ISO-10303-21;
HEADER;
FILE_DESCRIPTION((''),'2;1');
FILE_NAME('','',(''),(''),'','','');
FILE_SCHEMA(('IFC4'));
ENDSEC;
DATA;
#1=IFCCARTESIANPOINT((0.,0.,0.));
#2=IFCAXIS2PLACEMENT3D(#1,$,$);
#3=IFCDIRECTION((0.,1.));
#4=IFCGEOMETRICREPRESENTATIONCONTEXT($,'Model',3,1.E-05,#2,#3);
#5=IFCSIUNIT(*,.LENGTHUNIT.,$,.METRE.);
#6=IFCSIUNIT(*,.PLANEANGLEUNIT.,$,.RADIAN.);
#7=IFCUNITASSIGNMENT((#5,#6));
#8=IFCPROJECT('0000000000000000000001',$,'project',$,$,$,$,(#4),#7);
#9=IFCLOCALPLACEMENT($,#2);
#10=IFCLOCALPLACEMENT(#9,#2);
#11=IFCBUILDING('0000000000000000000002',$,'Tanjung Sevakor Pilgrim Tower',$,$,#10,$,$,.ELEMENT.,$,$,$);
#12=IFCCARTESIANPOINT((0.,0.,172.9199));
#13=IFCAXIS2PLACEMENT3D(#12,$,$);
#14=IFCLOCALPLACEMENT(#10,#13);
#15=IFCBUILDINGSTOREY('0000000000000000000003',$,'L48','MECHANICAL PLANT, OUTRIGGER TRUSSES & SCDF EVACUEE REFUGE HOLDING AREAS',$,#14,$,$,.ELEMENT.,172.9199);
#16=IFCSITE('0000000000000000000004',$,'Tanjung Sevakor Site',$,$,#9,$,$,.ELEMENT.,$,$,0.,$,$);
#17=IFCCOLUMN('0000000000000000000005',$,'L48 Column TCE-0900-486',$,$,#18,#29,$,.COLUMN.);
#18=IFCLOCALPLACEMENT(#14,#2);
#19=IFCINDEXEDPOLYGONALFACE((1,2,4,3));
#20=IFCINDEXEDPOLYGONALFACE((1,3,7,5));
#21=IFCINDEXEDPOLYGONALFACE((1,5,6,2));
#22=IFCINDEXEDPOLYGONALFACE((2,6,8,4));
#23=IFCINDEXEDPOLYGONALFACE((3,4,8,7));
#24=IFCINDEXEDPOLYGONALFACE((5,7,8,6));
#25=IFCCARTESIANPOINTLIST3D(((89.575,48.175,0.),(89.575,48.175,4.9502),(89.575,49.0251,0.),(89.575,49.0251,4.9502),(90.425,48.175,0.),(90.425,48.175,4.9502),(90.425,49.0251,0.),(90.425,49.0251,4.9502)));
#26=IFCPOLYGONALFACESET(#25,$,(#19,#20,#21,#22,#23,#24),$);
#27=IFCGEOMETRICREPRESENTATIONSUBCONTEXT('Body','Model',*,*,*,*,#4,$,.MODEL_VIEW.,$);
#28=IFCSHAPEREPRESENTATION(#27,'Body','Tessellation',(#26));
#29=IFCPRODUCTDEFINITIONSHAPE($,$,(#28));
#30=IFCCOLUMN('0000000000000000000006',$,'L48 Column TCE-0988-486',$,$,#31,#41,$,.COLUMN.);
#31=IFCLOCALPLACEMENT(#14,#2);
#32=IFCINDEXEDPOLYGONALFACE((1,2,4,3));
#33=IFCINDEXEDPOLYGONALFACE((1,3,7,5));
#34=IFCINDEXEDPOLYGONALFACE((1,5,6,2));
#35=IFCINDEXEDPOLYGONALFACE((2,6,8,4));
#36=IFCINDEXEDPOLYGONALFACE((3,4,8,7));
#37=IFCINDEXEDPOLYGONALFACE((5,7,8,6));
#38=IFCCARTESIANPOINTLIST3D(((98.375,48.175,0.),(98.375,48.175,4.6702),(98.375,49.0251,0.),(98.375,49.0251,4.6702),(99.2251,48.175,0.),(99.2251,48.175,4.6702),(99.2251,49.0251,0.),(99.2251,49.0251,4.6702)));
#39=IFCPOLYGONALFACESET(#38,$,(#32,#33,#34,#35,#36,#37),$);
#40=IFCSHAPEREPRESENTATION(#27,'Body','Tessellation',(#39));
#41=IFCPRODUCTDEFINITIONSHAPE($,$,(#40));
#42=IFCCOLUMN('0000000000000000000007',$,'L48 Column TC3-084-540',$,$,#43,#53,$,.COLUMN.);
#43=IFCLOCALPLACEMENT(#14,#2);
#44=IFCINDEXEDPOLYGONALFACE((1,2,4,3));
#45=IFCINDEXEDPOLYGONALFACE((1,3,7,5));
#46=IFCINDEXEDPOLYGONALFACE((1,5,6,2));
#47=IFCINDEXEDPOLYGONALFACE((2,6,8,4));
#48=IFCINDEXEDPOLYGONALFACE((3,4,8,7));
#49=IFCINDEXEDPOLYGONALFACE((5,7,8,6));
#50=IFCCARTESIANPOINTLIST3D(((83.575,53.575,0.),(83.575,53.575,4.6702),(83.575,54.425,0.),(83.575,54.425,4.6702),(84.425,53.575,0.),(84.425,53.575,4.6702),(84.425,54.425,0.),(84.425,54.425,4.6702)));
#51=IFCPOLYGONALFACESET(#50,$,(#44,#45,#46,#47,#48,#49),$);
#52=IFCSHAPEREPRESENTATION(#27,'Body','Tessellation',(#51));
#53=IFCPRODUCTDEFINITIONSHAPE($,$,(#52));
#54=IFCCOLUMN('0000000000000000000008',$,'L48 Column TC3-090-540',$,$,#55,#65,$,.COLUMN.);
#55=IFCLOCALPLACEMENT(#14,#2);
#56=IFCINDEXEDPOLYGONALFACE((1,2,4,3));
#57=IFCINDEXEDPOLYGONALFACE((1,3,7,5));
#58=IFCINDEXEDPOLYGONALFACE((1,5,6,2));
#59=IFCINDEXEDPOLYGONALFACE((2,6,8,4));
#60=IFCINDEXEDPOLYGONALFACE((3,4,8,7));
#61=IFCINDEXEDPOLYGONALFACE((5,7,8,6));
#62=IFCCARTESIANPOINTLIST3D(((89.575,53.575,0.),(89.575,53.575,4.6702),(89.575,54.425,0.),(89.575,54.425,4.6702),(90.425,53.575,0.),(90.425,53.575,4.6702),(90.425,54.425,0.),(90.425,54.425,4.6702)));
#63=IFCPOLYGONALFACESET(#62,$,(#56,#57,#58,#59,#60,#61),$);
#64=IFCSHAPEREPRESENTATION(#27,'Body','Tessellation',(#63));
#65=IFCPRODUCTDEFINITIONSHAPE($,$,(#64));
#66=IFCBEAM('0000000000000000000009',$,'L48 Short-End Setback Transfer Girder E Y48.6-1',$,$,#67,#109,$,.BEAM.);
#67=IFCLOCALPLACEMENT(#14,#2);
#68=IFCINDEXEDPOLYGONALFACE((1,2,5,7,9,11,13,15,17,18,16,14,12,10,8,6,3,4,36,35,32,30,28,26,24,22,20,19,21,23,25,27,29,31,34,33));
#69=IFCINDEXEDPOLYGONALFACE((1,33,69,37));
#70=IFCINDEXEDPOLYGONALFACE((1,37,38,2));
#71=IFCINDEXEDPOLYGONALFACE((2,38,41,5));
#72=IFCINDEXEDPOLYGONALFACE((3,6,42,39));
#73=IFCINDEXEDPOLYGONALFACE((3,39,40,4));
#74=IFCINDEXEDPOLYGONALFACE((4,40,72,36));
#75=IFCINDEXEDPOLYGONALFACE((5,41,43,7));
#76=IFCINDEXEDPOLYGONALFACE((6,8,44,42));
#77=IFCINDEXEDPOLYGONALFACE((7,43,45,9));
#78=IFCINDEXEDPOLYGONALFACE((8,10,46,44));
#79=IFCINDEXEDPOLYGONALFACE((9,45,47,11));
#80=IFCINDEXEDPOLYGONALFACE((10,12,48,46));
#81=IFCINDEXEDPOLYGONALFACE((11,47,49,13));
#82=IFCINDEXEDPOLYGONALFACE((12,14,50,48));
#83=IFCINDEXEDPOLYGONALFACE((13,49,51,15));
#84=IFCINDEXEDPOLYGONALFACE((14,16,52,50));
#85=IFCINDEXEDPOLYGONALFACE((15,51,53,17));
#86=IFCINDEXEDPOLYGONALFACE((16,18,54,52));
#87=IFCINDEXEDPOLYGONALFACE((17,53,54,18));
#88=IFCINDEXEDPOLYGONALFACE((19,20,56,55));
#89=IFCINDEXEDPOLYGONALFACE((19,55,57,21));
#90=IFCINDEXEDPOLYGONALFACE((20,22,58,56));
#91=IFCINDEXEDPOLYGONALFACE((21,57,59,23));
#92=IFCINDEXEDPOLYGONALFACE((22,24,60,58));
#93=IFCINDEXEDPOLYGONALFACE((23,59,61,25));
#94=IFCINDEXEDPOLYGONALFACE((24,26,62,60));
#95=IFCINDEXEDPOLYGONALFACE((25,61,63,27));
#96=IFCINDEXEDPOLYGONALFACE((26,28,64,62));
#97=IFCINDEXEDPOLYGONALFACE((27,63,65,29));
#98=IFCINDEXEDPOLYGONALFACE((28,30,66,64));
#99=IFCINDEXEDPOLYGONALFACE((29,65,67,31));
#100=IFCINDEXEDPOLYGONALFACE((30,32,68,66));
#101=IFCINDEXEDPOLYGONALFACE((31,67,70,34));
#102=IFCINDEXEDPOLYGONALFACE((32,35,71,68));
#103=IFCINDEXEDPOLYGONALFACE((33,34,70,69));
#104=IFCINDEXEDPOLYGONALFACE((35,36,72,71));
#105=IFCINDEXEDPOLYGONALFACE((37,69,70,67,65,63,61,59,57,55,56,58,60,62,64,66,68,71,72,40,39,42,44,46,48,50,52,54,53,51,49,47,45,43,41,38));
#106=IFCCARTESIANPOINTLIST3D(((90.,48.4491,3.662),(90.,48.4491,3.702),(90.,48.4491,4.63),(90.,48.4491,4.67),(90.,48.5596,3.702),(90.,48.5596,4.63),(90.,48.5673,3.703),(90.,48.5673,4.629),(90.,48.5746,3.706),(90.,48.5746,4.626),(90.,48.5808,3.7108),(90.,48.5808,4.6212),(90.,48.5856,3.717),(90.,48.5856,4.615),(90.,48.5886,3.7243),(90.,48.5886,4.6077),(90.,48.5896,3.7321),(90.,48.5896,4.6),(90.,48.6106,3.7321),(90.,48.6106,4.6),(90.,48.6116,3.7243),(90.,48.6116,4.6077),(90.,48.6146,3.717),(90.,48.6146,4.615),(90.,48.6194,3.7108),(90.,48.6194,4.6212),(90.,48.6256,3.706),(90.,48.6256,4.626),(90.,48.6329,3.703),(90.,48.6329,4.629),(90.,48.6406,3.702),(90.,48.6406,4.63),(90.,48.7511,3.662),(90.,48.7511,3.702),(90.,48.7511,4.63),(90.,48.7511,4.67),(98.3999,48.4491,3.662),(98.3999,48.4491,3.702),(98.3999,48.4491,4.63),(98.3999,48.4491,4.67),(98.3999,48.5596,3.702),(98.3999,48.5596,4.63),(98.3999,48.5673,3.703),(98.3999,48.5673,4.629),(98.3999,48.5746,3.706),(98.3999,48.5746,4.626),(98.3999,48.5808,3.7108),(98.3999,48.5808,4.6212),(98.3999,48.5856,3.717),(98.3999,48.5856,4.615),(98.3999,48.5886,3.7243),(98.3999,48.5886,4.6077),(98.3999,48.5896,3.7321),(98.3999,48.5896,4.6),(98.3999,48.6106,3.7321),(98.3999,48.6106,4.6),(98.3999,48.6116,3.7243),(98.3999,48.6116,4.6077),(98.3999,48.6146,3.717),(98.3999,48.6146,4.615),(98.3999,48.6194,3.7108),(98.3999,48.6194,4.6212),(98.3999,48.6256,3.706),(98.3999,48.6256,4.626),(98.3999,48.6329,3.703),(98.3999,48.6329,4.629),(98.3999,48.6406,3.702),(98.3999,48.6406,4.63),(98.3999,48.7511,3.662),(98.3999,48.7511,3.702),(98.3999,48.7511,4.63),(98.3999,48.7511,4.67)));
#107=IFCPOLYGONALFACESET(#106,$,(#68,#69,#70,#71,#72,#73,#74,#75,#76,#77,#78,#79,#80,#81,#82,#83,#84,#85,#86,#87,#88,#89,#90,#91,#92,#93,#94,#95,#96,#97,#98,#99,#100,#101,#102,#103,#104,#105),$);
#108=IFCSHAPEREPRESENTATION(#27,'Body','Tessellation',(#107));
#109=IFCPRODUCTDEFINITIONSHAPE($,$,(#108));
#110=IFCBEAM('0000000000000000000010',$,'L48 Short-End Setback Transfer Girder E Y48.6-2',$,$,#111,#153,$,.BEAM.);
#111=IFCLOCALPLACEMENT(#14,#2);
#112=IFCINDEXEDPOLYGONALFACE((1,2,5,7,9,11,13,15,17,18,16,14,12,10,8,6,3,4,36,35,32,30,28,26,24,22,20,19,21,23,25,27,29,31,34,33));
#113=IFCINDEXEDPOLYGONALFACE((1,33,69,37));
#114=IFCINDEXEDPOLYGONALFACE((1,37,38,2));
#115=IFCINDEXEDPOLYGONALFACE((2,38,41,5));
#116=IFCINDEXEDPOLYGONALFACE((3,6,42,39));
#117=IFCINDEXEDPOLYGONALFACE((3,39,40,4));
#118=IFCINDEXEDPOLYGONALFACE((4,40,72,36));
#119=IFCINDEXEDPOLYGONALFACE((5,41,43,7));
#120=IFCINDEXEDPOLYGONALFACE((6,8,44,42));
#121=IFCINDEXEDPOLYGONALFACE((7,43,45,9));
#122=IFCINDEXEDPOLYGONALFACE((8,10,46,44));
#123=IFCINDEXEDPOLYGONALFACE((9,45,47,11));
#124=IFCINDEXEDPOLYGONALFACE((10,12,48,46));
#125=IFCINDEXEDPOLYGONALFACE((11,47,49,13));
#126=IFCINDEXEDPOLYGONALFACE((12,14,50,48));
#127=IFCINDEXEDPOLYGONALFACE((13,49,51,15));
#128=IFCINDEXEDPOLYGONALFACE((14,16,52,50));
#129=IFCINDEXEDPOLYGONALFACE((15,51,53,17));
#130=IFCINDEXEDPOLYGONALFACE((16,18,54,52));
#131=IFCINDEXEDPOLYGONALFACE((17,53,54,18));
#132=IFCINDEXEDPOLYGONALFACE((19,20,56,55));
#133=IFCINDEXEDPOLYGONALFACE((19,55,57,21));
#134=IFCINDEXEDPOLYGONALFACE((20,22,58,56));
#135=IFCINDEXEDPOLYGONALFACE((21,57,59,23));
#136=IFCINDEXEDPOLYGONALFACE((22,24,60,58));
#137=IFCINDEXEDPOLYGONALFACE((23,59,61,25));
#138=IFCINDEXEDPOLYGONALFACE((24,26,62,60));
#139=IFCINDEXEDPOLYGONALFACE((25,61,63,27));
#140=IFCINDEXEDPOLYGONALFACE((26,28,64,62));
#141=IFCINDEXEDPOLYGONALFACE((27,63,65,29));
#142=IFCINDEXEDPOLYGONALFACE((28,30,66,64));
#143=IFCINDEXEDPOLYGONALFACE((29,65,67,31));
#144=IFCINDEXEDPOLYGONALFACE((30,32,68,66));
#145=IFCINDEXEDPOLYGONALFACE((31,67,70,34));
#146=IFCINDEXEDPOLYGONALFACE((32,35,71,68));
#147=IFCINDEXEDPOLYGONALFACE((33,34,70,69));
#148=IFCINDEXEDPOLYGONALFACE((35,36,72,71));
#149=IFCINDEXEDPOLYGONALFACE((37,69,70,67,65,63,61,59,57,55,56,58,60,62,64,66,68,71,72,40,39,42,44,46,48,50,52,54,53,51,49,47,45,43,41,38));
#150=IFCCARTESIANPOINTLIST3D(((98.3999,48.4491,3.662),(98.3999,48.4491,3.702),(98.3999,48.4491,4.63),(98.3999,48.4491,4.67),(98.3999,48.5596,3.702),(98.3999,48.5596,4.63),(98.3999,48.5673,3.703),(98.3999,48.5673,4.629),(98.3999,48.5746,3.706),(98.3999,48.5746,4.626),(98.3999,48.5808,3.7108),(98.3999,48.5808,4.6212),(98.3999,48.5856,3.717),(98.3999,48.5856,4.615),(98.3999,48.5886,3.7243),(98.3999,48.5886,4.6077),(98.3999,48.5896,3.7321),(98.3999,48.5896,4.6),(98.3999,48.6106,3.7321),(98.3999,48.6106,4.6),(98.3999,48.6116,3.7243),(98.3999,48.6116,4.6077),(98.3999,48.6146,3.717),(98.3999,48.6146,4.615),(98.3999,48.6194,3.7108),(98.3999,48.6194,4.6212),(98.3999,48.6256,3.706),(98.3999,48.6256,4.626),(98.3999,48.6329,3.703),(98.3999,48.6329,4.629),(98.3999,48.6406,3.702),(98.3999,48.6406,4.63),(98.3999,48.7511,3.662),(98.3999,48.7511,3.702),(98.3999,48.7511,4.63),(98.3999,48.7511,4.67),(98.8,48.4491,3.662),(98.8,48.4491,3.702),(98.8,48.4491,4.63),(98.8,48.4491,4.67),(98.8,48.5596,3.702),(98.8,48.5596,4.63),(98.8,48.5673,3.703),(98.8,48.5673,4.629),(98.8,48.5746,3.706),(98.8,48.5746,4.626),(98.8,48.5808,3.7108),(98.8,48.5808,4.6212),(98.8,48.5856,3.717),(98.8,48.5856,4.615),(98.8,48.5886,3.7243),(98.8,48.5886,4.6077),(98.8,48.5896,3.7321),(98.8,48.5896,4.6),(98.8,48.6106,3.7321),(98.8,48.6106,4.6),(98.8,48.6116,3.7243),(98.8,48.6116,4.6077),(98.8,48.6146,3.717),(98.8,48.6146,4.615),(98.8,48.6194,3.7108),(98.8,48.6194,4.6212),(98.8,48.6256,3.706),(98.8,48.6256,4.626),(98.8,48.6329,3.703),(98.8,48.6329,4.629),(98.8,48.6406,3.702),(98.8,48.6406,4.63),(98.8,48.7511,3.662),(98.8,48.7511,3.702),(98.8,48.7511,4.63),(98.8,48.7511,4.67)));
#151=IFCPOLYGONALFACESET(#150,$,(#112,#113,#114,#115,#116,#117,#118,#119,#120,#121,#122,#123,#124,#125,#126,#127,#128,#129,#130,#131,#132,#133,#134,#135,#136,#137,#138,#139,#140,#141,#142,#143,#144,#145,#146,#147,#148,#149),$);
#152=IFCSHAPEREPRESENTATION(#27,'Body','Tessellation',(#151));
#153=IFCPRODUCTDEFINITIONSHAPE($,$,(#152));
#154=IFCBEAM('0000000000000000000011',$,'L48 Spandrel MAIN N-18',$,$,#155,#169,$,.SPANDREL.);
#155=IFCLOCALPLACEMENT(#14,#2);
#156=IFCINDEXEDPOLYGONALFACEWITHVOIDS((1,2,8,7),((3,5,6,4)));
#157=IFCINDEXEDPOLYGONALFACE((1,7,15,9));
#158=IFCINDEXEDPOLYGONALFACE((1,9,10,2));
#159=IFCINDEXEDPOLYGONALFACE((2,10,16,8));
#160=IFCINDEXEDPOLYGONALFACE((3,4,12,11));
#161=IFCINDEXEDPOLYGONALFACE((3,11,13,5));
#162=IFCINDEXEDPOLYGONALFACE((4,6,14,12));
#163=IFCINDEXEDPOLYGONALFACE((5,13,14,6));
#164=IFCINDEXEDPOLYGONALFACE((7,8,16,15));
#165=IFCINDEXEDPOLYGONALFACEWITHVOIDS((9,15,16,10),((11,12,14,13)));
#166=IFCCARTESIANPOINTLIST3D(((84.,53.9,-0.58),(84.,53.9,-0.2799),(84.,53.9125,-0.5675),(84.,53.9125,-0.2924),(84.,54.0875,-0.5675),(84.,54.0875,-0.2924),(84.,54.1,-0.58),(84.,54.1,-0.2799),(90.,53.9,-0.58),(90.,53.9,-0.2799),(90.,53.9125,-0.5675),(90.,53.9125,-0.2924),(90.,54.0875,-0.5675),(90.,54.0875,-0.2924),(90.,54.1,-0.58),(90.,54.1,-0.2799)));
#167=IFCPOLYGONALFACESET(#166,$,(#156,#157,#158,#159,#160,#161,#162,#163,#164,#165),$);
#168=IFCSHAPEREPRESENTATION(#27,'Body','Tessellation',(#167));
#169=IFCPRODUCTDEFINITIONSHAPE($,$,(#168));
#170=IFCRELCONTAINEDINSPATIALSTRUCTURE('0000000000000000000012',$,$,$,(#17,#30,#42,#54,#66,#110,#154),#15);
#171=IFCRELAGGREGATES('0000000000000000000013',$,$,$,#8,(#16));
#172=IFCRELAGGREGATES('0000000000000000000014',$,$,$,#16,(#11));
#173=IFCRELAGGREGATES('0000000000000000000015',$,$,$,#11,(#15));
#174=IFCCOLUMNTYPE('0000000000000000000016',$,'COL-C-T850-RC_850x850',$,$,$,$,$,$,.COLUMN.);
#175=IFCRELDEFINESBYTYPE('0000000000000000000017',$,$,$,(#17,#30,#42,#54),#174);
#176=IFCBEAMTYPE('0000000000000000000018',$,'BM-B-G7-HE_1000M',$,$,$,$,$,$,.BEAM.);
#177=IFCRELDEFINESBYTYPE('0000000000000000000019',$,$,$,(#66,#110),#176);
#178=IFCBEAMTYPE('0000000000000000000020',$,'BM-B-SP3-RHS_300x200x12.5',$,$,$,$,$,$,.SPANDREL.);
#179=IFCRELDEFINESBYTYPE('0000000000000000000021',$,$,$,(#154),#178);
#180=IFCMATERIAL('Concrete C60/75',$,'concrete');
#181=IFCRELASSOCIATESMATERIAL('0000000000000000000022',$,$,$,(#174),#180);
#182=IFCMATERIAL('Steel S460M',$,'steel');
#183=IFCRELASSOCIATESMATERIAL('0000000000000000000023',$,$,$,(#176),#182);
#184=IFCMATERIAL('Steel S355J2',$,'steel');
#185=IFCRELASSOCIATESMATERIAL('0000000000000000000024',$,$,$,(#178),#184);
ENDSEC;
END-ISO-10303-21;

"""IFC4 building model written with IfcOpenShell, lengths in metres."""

from ifc_helpers import new_model, si_unit, direction, frame, origin, origin_2d, place, context, subcontext, project, spatial, rectangle, hollow_rectangle, i_section, extrude, material, material_profile, profile_set, type_object, element, save


model = new_model("IFC4")

# Units and contexts
model_context = context("Model", 3, precision=1e-05, world=origin(), true_north=direction((0.0, 1.0)))
body_context = subcontext(model_context, "Body", "Model", "MODEL_VIEW")
ifc_project = project(units=[si_unit("LENGTHUNIT", "METRE"), si_unit("PLANEANGLEUNIT", "RADIAN")], contexts=[model_context])

# Site, building, storey
site_placement = place(None, origin())
site = spatial("IfcSite", under=ifc_project, at=site_placement, Name="Tanjung Sevakor Site", CompositionType="ELEMENT", RefElevation=0.0)
building_placement = place(site_placement, origin())
building = spatial("IfcBuilding", under=site, at=building_placement, Name="Tanjung Sevakor Pilgrim Tower", CompositionType="ELEMENT")
storey_placement = place(building_placement, frame((0.0, 0.0, 172.9199)))
storey = spatial("IfcBuildingStorey", under=building, at=storey_placement, Name="L48", Description="MECHANICAL PLANT, OUTRIGGER TRUSSES & SCDF EVACUEE REFUGE HOLDING AREAS", CompositionType="ELEMENT", Elevation=172.9199)

# Columns
ifc_material_1 = material(Name="Concrete C60/75", Category="concrete")
ifc_material_profile_1 = material_profile(ifc_material_1, rectangle(XDim=0.8501, YDim=0.8501, at=origin_2d()))
ifc_profile_set_1 = profile_set([ifc_material_profile_1], Name="Concrete C60/75")
column_type = type_object("IfcColumnType", Name="COL-C-T850-RC_850x850", PredefinedType="COLUMN", material=ifc_profile_set_1)
column_placement = place(storey_placement, frame((90.0, 48.6001, 0.0), z_axis=(0.0, 0.0, 1.0), x_axis=(1.0, 0.0, 0.0)))
element("IfcColumn", 1, at=column_placement, inside=storey, type_object=column_type, Name="L48 Column TCE-0900-486", PredefinedType="COLUMN", context=body_context, shape_type="SweptSolid", body=[
    extrude(rectangle(XDim=0.8501, YDim=0.8501, at=origin_2d()), origin(), (0.0, 0.0, 1.0), 4.9502),
])
for number, where, z_axis, x_axis, name in (
    (2, (98.8, 48.6001, 0.0), (0.0, 0.0, 1.0), (1.0, 0.0, 0.0), "L48 Column TCE-0988-486"),
    (3, (84.0, 54.0, 0.0), (0.0, 0.0, 1.0), (1.0, 0.0, 0.0), "L48 Column TC3-084-540"),
    (4, (90.0, 54.0, 0.0), (0.0, 0.0, 1.0), (1.0, 0.0, 0.0), "L48 Column TC3-090-540"),
):
    element("IfcColumn", number, at=place(storey_placement, frame(where, z_axis=z_axis, x_axis=x_axis)), inside=storey, type_object=column_type, Name=name, PredefinedType="COLUMN", context=body_context, shape_type="SweptSolid", body=[
        extrude(rectangle(XDim=0.8501, YDim=0.8501, at=origin_2d()), origin(), (0.0, 0.0, 1.0), 4.6702),
    ])

# Beams
ifc_material_2 = material(Name="Steel S460M", Category="steel")
ifc_material_profile_2 = material_profile(ifc_material_2, i_section(OverallWidth=0.302, OverallDepth=1.0081, WebThickness=0.021, FlangeThickness=0.04, FilletRadius=0.03, at=origin_2d()))
ifc_profile_set_2 = profile_set([ifc_material_profile_2], Name="Steel S460M")
beam_type_1 = type_object("IfcBeamType", Name="BM-B-G7-HE_1000M", PredefinedType="BEAM", material=ifc_profile_set_2)
beam_1_placement = place(storey_placement, frame((90.0, 48.6001, 4.166), z_axis=(1.0, 0.0, 0.0), x_axis=(0.0, 1.0, 0.0)))
element("IfcBeam", 5, at=beam_1_placement, inside=storey, type_object=beam_type_1, Name="L48 Short-End Setback Transfer Girder E Y48.6-1", PredefinedType="BEAM", context=body_context, shape_type="SweptSolid", body=[
    extrude(i_section(OverallWidth=0.302, OverallDepth=1.0081, WebThickness=0.021, FlangeThickness=0.04, FilletRadius=0.03, at=origin_2d()), origin(), (0.0, 0.0, 1.0), 8.3999),
])
beam_2_placement = place(storey_placement, frame((98.3999, 48.6001, 4.166), z_axis=(1.0, 0.0, 0.0), x_axis=(0.0, 1.0, 0.0)))
element("IfcBeam", 6, at=beam_2_placement, inside=storey, type_object=beam_type_1, Name="L48 Short-End Setback Transfer Girder E Y48.6-2", PredefinedType="BEAM", context=body_context, shape_type="SweptSolid", body=[
    extrude(i_section(OverallWidth=0.302, OverallDepth=1.0081, WebThickness=0.021, FlangeThickness=0.04, FilletRadius=0.03, at=origin_2d()), origin(), (0.0, 0.0, 1.0), 0.4001),
])
ifc_material_3 = material(Name="Steel S355J2", Category="steel")
ifc_material_profile_3 = material_profile(ifc_material_3, hollow_rectangle(XDim=0.2, YDim=0.3, WallThickness=0.0125, at=origin_2d()))
ifc_profile_set_3 = profile_set([ifc_material_profile_3], Name="Steel S355J2")
beam_type_2 = type_object("IfcBeamType", Name="BM-B-SP3-RHS_300x200x12.5", PredefinedType="SPANDREL", material=ifc_profile_set_3)
beam_3_placement = place(storey_placement, frame((84.0, 54.0, -0.4299), z_axis=(1.0, 0.0, 0.0), x_axis=(0.0, 1.0, 0.0)))
element("IfcBeam", 7, at=beam_3_placement, inside=storey, type_object=beam_type_2, Name="L48 Spandrel MAIN N-18", PredefinedType="SPANDREL", context=body_context, shape_type="SweptSolid", body=[
    extrude(hollow_rectangle(XDim=0.2, YDim=0.3, WallThickness=0.0125, at=origin_2d()), origin(), (0.0, 0.0, 1.0), 6.0),
])

save(model, "model.ifc")
